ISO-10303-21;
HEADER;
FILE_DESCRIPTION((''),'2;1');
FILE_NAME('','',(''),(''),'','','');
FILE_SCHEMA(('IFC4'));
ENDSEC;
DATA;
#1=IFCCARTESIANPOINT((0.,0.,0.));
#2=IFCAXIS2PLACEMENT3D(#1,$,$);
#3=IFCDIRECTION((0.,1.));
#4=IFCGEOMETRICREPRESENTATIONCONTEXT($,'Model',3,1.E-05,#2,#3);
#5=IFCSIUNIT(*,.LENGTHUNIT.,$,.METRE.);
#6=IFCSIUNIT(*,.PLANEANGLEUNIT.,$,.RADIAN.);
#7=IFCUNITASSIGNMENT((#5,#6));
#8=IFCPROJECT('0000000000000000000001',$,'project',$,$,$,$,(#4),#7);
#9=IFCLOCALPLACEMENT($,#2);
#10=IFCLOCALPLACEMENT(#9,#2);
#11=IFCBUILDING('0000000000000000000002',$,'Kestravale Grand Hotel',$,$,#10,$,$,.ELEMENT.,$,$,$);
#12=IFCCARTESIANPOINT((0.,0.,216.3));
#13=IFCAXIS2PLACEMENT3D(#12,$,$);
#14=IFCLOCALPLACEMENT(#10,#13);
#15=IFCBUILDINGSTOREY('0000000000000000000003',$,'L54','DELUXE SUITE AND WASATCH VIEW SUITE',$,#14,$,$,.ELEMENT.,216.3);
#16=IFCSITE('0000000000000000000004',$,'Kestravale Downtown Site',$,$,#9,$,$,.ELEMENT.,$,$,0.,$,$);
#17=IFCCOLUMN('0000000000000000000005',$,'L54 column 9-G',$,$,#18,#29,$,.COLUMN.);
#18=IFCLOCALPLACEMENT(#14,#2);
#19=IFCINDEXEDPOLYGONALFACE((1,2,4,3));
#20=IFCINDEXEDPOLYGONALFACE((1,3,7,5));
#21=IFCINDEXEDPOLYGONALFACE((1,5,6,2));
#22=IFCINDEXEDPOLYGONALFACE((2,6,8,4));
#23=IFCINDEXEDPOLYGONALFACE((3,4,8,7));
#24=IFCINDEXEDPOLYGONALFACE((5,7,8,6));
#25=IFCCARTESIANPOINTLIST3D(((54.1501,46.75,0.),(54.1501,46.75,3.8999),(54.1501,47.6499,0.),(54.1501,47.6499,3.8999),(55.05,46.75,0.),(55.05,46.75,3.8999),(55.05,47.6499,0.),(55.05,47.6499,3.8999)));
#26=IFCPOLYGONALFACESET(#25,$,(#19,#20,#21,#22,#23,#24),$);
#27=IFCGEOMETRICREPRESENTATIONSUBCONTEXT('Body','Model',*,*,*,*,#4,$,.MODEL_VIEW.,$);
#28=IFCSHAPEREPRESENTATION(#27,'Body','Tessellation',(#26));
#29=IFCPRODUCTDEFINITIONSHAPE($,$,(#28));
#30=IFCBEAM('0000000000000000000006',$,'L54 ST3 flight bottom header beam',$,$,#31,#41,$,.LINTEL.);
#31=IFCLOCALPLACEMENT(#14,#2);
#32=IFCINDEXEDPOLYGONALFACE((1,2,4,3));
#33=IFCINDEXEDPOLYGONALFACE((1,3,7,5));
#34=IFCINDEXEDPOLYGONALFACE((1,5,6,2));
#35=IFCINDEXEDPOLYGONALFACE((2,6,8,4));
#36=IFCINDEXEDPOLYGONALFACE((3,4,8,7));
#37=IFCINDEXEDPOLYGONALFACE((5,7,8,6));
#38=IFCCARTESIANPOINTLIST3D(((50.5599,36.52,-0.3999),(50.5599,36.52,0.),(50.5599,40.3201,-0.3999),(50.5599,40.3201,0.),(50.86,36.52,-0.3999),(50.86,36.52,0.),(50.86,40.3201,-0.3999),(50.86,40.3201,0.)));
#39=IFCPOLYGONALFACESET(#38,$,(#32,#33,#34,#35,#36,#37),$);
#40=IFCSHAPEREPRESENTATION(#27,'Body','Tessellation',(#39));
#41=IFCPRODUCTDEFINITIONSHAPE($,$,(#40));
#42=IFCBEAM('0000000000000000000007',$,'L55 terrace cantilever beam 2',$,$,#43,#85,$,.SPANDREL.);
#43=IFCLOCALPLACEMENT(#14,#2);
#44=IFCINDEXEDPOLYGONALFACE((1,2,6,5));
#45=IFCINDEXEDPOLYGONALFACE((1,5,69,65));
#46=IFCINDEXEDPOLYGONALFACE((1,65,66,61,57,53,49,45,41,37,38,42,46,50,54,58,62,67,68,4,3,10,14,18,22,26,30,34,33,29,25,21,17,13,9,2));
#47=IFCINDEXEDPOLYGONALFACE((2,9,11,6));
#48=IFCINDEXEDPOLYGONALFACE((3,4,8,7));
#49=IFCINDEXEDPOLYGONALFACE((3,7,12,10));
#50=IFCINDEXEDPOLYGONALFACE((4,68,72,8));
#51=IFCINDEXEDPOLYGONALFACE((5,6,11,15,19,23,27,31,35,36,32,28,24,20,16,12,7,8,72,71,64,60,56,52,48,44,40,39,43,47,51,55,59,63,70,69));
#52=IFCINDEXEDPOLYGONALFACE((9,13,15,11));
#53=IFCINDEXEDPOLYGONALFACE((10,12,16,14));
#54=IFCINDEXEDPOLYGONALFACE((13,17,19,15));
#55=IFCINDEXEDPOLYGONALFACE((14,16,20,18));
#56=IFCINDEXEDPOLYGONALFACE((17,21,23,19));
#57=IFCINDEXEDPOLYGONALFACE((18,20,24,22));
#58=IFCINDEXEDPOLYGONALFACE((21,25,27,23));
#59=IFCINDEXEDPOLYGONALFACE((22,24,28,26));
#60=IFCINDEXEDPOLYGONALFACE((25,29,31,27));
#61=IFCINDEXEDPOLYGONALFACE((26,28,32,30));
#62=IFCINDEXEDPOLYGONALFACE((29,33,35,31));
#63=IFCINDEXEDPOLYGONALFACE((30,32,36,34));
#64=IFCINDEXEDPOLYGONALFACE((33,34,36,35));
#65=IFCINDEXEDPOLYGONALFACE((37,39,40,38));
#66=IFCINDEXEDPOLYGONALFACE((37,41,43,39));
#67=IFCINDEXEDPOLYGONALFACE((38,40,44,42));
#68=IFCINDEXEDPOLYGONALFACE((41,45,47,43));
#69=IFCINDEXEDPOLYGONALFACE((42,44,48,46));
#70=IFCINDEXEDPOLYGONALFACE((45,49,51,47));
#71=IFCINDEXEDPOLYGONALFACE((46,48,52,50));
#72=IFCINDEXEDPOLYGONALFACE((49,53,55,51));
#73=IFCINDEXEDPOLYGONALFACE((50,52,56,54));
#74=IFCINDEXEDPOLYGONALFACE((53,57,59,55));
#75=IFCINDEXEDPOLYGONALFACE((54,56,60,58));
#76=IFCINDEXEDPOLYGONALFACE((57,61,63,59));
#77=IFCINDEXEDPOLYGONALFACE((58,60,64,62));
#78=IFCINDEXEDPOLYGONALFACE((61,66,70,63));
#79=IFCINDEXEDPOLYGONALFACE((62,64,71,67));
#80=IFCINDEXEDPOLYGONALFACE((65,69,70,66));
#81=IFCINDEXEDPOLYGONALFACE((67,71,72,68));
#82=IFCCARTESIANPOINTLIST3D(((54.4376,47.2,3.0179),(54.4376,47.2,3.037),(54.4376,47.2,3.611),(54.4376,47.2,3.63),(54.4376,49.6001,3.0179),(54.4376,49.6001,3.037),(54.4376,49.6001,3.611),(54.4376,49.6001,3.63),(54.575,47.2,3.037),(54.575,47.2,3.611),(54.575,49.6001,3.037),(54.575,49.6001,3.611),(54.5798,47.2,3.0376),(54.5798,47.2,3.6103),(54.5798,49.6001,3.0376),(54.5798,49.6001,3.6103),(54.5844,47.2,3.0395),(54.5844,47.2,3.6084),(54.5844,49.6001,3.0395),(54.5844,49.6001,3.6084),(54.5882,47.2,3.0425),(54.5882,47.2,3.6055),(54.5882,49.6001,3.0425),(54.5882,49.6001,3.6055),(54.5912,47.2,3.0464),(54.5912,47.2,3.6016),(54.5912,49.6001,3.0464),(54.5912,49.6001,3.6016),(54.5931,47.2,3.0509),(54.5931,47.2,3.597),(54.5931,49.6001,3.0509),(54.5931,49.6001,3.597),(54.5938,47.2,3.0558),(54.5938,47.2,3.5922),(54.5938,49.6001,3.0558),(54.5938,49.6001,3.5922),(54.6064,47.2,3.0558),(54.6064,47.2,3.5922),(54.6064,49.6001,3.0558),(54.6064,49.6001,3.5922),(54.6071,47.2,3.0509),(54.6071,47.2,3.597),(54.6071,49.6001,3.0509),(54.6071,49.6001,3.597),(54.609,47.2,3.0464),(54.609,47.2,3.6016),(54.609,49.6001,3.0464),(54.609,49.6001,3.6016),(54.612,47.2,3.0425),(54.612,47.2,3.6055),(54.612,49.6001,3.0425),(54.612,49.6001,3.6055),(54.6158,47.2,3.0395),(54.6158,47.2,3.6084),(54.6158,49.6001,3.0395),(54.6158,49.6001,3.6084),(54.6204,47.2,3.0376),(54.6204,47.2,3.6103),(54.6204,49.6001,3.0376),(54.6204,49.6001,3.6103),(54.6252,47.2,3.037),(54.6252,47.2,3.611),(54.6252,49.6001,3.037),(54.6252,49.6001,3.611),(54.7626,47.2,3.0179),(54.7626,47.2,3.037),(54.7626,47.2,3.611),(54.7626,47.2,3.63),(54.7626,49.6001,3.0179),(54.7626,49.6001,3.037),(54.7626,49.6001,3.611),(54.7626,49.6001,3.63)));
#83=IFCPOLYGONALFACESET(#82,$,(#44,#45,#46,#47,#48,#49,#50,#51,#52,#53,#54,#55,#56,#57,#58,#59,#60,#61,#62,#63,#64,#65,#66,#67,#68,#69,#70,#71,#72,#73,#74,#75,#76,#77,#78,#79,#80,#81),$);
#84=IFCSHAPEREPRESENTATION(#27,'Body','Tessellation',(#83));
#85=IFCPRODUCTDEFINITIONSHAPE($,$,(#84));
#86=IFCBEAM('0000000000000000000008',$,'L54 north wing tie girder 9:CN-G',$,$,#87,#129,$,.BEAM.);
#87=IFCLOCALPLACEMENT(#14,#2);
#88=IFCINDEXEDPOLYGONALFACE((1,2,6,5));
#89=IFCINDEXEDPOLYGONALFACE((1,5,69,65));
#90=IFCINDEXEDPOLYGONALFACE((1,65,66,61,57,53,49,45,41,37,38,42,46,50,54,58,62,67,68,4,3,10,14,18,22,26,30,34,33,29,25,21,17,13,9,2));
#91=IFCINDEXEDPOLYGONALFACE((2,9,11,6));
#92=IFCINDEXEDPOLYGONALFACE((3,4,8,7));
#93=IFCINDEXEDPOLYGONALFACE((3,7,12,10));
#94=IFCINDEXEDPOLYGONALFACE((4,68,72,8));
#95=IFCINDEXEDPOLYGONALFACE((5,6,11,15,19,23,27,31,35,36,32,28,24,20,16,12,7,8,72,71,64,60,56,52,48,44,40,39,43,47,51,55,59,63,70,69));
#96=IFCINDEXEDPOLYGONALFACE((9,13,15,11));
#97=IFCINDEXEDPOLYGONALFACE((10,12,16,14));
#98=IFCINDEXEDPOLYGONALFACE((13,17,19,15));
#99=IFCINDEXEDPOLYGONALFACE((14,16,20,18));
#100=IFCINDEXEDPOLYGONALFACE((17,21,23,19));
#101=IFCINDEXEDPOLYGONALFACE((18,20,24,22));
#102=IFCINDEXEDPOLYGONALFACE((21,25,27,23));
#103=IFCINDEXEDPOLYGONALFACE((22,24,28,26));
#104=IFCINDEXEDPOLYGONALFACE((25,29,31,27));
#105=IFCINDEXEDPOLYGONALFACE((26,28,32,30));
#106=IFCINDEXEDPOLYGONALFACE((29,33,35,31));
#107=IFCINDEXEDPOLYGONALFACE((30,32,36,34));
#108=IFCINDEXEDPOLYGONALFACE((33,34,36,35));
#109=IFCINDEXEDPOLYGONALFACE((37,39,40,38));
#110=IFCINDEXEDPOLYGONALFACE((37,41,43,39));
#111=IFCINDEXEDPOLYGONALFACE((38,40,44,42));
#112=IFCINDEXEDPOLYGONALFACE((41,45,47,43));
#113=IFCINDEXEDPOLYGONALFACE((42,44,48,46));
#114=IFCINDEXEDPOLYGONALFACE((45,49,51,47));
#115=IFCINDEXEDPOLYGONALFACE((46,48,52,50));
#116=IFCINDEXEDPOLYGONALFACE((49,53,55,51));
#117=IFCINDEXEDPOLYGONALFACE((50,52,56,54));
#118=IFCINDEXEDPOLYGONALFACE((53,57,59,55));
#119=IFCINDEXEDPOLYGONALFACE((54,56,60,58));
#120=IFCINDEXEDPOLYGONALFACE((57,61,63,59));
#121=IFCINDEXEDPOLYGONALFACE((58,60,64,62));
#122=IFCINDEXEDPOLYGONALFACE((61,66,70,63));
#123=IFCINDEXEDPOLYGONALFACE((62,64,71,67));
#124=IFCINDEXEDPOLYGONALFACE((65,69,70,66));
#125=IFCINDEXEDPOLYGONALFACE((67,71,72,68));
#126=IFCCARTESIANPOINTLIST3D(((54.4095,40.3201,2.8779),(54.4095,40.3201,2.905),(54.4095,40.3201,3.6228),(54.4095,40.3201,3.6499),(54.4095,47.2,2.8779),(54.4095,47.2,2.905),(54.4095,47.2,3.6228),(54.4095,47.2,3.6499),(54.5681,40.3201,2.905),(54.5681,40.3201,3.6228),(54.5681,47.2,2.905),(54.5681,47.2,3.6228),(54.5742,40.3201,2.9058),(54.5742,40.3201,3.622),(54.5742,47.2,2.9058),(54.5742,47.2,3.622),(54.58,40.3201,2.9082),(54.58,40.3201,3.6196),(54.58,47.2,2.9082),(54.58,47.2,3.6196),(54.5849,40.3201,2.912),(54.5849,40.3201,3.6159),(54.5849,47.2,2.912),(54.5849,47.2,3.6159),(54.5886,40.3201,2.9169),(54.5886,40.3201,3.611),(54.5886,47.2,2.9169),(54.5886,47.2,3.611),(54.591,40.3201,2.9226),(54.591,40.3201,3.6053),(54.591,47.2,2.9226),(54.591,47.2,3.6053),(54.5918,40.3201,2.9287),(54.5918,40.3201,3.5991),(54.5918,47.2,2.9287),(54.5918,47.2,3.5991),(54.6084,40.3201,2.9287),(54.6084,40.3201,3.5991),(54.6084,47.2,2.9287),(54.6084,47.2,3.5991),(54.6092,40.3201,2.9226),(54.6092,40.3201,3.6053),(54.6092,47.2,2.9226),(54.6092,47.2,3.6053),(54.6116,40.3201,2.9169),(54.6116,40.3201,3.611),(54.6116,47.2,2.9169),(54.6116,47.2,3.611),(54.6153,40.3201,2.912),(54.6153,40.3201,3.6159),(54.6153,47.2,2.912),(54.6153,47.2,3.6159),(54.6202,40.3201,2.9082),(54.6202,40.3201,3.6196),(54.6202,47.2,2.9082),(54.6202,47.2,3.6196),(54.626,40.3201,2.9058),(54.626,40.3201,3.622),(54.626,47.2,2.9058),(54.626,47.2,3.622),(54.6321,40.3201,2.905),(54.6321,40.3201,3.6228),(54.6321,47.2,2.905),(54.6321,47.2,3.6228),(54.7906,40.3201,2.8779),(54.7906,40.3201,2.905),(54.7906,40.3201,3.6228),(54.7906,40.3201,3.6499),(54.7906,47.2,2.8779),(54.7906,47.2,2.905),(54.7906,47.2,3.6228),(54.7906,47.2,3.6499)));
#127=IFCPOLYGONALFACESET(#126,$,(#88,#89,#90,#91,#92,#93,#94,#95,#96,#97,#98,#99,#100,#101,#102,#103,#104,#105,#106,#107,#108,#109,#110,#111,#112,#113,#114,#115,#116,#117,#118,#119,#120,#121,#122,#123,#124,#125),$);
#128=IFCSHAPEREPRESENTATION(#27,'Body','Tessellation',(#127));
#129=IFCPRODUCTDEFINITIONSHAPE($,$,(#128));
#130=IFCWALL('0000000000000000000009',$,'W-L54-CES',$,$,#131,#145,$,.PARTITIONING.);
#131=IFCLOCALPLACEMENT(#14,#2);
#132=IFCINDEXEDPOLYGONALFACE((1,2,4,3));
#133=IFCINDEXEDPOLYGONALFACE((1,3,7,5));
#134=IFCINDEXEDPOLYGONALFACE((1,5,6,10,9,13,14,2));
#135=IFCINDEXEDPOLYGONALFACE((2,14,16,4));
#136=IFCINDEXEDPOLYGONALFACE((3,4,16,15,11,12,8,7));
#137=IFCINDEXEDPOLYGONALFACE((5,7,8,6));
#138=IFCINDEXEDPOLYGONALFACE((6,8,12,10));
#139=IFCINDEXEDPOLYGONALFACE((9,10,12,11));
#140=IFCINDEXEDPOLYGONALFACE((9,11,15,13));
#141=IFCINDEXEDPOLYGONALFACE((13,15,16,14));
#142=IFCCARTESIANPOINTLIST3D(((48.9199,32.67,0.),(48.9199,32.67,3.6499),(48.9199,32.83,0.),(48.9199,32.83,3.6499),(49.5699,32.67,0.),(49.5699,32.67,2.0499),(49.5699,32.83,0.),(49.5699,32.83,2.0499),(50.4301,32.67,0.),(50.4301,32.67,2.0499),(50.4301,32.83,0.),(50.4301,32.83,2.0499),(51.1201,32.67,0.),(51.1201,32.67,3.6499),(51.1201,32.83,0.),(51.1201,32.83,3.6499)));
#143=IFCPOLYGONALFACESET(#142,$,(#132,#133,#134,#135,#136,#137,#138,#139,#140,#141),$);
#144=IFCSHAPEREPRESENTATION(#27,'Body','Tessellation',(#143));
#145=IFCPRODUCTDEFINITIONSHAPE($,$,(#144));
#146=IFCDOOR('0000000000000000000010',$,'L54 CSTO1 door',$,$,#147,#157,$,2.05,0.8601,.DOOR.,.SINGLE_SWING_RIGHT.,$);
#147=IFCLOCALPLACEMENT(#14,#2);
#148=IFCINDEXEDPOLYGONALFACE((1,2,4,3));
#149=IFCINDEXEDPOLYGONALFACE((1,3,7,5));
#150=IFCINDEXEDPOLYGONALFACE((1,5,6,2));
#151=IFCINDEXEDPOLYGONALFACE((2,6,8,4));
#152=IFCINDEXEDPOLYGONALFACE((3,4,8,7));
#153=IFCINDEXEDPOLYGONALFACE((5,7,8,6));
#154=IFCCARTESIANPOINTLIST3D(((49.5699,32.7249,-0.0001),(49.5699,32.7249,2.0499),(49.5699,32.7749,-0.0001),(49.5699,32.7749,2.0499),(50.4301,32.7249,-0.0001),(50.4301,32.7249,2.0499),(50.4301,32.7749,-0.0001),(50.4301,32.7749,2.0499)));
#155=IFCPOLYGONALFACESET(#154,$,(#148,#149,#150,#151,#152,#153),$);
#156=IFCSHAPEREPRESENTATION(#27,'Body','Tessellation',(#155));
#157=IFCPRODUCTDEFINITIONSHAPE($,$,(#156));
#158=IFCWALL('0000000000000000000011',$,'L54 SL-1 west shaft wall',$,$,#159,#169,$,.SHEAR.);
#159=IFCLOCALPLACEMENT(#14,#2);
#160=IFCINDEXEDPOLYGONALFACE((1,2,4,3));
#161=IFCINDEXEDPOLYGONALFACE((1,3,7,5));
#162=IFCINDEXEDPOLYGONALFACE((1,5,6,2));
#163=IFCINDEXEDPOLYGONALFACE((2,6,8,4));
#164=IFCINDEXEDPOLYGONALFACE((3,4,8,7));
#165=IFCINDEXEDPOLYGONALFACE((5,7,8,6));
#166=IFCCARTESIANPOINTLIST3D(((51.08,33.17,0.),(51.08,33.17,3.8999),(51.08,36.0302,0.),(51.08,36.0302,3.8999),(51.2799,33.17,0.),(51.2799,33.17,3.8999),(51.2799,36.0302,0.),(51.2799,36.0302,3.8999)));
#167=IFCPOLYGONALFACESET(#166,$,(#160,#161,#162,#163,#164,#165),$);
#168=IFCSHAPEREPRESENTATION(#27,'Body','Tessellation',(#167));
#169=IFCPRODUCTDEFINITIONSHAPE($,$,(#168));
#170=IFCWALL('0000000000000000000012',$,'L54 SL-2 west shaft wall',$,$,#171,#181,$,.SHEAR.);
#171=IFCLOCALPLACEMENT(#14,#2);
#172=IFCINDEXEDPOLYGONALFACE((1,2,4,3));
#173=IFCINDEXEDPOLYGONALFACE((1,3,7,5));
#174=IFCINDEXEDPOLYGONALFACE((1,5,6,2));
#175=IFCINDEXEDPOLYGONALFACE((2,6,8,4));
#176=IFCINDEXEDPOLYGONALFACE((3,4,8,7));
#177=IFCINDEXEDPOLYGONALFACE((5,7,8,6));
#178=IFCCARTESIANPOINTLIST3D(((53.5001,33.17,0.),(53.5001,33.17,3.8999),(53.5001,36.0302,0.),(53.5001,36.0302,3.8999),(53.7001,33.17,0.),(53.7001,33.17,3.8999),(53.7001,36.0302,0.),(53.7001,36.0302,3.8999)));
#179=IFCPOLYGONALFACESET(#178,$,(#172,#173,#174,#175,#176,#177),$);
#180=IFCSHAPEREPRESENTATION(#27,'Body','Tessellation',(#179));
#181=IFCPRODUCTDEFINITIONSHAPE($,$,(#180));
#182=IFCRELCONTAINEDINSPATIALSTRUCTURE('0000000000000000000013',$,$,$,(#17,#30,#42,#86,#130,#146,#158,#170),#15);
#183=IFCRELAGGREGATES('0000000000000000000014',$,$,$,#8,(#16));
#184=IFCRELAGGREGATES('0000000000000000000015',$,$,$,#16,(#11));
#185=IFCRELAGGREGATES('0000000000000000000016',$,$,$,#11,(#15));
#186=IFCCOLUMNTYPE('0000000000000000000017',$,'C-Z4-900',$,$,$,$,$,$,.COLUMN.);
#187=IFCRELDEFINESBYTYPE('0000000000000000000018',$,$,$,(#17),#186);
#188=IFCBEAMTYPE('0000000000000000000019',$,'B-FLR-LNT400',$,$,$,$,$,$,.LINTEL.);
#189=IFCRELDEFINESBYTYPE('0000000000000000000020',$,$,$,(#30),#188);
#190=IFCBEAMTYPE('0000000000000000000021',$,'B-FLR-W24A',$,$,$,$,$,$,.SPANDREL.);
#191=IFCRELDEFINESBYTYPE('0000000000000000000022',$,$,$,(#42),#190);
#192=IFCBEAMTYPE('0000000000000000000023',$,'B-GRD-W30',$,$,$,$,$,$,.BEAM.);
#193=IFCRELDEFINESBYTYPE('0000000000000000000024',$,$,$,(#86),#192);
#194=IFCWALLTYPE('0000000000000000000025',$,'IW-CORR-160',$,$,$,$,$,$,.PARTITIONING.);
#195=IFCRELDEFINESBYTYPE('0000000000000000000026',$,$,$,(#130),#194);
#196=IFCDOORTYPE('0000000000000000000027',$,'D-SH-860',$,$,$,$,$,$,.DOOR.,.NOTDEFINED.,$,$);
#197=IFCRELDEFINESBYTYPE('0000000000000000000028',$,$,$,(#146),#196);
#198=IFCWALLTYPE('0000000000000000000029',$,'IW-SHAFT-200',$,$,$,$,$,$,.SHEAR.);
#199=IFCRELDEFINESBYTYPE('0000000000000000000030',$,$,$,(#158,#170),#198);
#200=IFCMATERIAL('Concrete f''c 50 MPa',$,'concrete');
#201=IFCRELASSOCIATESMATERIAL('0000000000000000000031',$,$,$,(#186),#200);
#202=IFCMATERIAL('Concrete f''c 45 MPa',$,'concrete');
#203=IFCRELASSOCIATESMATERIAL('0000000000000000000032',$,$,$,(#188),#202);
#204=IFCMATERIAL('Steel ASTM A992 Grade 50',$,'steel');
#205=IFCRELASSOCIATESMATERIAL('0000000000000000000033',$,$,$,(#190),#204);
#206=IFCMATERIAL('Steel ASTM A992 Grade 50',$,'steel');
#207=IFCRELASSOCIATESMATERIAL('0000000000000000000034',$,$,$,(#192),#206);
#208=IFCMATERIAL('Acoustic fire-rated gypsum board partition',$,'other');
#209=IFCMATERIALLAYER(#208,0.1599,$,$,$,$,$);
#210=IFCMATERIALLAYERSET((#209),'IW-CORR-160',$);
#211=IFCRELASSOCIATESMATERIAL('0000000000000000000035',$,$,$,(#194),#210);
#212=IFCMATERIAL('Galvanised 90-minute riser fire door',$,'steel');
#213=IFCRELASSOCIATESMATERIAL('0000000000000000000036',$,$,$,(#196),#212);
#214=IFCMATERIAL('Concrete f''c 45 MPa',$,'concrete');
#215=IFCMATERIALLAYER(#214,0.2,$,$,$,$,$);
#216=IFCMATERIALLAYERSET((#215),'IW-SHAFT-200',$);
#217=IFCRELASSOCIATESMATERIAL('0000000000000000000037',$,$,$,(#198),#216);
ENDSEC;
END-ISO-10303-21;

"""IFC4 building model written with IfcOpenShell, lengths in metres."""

from ifc_helpers import new_model, si_unit, direction, frame, frame_2d, origin, origin_2d, place, context, subcontext, project, spatial, rectangle, i_section, extrude, material, layer, layer_set, material_profile, profile_set, type_object, element, fill, save


model = new_model("IFC4")

# Units and contexts
model_context = context("Model", 3, precision=1e-05, world=origin(), true_north=direction((0.0, 1.0)))
body_context = subcontext(model_context, "Body", "Model", "MODEL_VIEW")
ifc_project = project(units=[si_unit("LENGTHUNIT", "METRE"), si_unit("PLANEANGLEUNIT", "RADIAN")], contexts=[model_context])

# Site, building, storey
site_placement = place(None, origin())
site = spatial("IfcSite", under=ifc_project, at=site_placement, Name="Kestravale Downtown Site", CompositionType="ELEMENT", RefElevation=0.0)
building_placement = place(site_placement, origin())
building = spatial("IfcBuilding", under=site, at=building_placement, Name="Kestravale Grand Hotel", CompositionType="ELEMENT")
storey_placement = place(building_placement, frame((0.0, 0.0, 216.3)))
storey = spatial("IfcBuildingStorey", under=building, at=storey_placement, Name="L54", Description="DELUXE SUITE AND WASATCH VIEW SUITE", CompositionType="ELEMENT", Elevation=216.3)

# Column
ifc_material_1 = material(Name="Concrete f'c 50 MPa", Category="concrete")
ifc_material_profile_1 = material_profile(ifc_material_1, rectangle(XDim=0.8999, YDim=0.8999, at=origin_2d()))
ifc_profile_set_1 = profile_set([ifc_material_profile_1], Name="Concrete f'c 50 MPa")
column_type = type_object("IfcColumnType", Name="C-Z4-900", PredefinedType="COLUMN", material=ifc_profile_set_1)
column_placement = place(storey_placement, frame((54.6001, 47.2, 0.0), z_axis=(0.0, 0.0, 1.0), x_axis=(1.0, 0.0, 0.0)))
element("IfcColumn", 1, at=column_placement, inside=storey, type_object=column_type, Name="L54 column 9-G", PredefinedType="COLUMN", context=body_context, shape_type="SweptSolid", body=[
    extrude(rectangle(XDim=0.8999, YDim=0.8999, at=origin_2d()), origin(), (0.0, 0.0, 1.0), 3.8999),
])

# Beams
ifc_material_2 = material(Name="Concrete f'c 45 MPa", Category="concrete")
ifc_material_profile_2 = material_profile(ifc_material_2, rectangle(XDim=0.3, YDim=0.3999, at=origin_2d()))
ifc_profile_set_2 = profile_set([ifc_material_profile_2], Name="Concrete f'c 45 MPa")
beam_type_1 = type_object("IfcBeamType", Name="B-FLR-LNT400", PredefinedType="LINTEL", material=ifc_profile_set_2)
beam_1_placement = place(storey_placement, frame((50.71, 36.52, -0.2), z_axis=(0.0, 1.0, 0.0), x_axis=(-1.0, 0.0, 0.0)))
element("IfcBeam", 2, at=beam_1_placement, inside=storey, type_object=beam_type_1, Name="L54 ST3 flight bottom header beam", PredefinedType="LINTEL", context=body_context, shape_type="SweptSolid", body=[
    extrude(rectangle(XDim=0.3, YDim=0.3999, at=origin_2d()), origin(), (0.0, 0.0, 1.0), 3.8),
])
ifc_material_3 = material(Name="Steel ASTM A992 Grade 50", Category="steel")
ifc_material_profile_3 = material_profile(ifc_material_3, i_section(OverallWidth=0.325, OverallDepth=0.6121, WebThickness=0.0127, FlangeThickness=0.019, FilletRadius=0.0188, at=origin_2d()))
ifc_profile_set_3 = profile_set([ifc_material_profile_3], Name="Steel ASTM A992 Grade 50")
beam_type_2 = type_object("IfcBeamType", Name="B-FLR-W24A", PredefinedType="SPANDREL", material=ifc_profile_set_3)
beam_2_placement = place(storey_placement, frame((54.6001, 47.2, 3.324), z_axis=(0.0, 1.0, 0.0), x_axis=(-1.0, 0.0, 0.0)))
element("IfcBeam", 3, at=beam_2_placement, inside=storey, type_object=beam_type_2, Name="L55 terrace cantilever beam 2", PredefinedType="SPANDREL", context=body_context, shape_type="SweptSolid", body=[
    extrude(i_section(OverallWidth=0.325, OverallDepth=0.6121, WebThickness=0.0127, FlangeThickness=0.019, FilletRadius=0.0188, at=origin_2d()), origin(), (0.0, 0.0, 1.0), 2.4001),
])
ifc_material_4 = material(Name="Steel ASTM A992 Grade 50", Category="steel")
ifc_material_profile_4 = material_profile(ifc_material_4, i_section(OverallWidth=0.3811, OverallDepth=0.772, WebThickness=0.0166, FlangeThickness=0.0271, FilletRadius=0.0237, at=origin_2d()))
ifc_profile_set_4 = profile_set([ifc_material_profile_4], Name="Steel ASTM A992 Grade 50")
beam_type_3 = type_object("IfcBeamType", Name="B-GRD-W30", PredefinedType="BEAM", material=ifc_profile_set_4)
beam_3_placement = place(storey_placement, frame((54.6001, 40.3201, 3.2639), z_axis=(0.0, 1.0, 0.0), x_axis=(-1.0, 0.0, 0.0)))
element("IfcBeam", 4, at=beam_3_placement, inside=storey, type_object=beam_type_3, Name="L54 north wing tie girder 9:CN-G", PredefinedType="BEAM", context=body_context, shape_type="SweptSolid", body=[
    extrude(i_section(OverallWidth=0.3811, OverallDepth=0.772, WebThickness=0.0166, FlangeThickness=0.0271, FilletRadius=0.0237, at=origin_2d()), origin(), (0.0, 0.0, 1.0), 6.8799),
])

# Wall, opening, door
ifc_material_5 = material(Name="Acoustic fire-rated gypsum board partition", Category="other")
ifc_layer_1 = layer(ifc_material_5, 0.1599)
ifc_layer_set_1 = layer_set([ifc_layer_1], Name="IW-CORR-160")
wall_type_1 = type_object("IfcWallType", Name="IW-CORR-160", PredefinedType="PARTITIONING", material=ifc_layer_set_1)
wall_1_placement = place(storey_placement, frame((48.9199, 32.75, 0.0), z_axis=(0.0, 0.0, 1.0), x_axis=(1.0, 0.0, 0.0)))
wall_1 = element("IfcWall", 5, at=wall_1_placement, inside=storey, type_object=wall_type_1, Name="W-L54-CES", PredefinedType="PARTITIONING", context=body_context, shape_type="SweptSolid", body=[
    extrude(rectangle(XDim=2.2002, YDim=0.1599, at=frame_2d((1.1001, 0.0))), origin(), (0.0, 0.0, 1.0), 3.6499),
])
opening_1_placement = place(wall_1_placement, frame((0.6499, 0.0, 0.0)))
opening_1 = element("IfcOpeningElement", 6, at=opening_1_placement, cuts=wall_1, PredefinedType="OPENING", context=body_context, shape_type="SweptSolid", body=[
    extrude(rectangle(XDim=0.8601, YDim=2.05, at=frame_2d((0.4302, 1.0249))), frame((0.0, 0.0898, 0.0), z_axis=(0.0, -1.0, 0.0), x_axis=(1.0, 0.0, 0.0)), (0.0, 0.0, 1.0), 0.1799),
])
ifc_material_6 = material(Name="Galvanised 90-minute riser fire door", Category="steel")
door_type_1 = type_object("IfcDoorType", Name="D-SH-860", OperationType="NOTDEFINED", PredefinedType="DOOR", material=ifc_material_6)
door_1_placement = place(opening_1_placement, origin())
door_1 = element("IfcDoor", 7, at=door_1_placement, inside=storey, type_object=door_type_1, Name="L54 CSTO1 door", OperationType="SINGLE_SWING_RIGHT", OverallHeight=2.05, OverallWidth=0.8601, PredefinedType="DOOR", context=body_context, shape_type="SweptSolid", body=[
    extrude(rectangle(XDim=0.8601, YDim=2.05, at=frame_2d((0.4302, 1.0249))), frame((0.0, 0.0249, 0.0), z_axis=(0.0, -1.0, 0.0), x_axis=(1.0, 0.0, 0.0)), (0.0, 0.0, 1.0), 0.05),
])
fill(opening_1, door_1)

# Walls
ifc_material_7 = material(Name="Concrete f'c 45 MPa", Category="concrete")
ifc_layer_2 = layer(ifc_material_7, 0.2)
ifc_layer_set_2 = layer_set([ifc_layer_2], Name="IW-SHAFT-200")
wall_type_2 = type_object("IfcWallType", Name="IW-SHAFT-200", PredefinedType="SHEAR", material=ifc_layer_set_2)
for number, where, z_axis, x_axis, name in (
    (8, (51.1799, 33.1699, 0.0), (0.0, 0.0, 1.0), (0.0, 1.0, 0.0), "L54 SL-1 west shaft wall"),
    (9, (53.6001, 33.1699, 0.0), (0.0, 0.0, 1.0), (0.0, 1.0, 0.0), "L54 SL-2 west shaft wall"),
):
    element("IfcWall", number, at=place(storey_placement, frame(where, z_axis=z_axis, x_axis=x_axis)), inside=storey, type_object=wall_type_2, Name=name, PredefinedType="SHEAR", context=body_context, shape_type="SweptSolid", body=[
        extrude(rectangle(XDim=2.8601, YDim=0.2, at=frame_2d((1.4302, 0.0))), origin(), (0.0, 0.0, 1.0), 3.8999),
    ])

save(model, "model.ifc")
